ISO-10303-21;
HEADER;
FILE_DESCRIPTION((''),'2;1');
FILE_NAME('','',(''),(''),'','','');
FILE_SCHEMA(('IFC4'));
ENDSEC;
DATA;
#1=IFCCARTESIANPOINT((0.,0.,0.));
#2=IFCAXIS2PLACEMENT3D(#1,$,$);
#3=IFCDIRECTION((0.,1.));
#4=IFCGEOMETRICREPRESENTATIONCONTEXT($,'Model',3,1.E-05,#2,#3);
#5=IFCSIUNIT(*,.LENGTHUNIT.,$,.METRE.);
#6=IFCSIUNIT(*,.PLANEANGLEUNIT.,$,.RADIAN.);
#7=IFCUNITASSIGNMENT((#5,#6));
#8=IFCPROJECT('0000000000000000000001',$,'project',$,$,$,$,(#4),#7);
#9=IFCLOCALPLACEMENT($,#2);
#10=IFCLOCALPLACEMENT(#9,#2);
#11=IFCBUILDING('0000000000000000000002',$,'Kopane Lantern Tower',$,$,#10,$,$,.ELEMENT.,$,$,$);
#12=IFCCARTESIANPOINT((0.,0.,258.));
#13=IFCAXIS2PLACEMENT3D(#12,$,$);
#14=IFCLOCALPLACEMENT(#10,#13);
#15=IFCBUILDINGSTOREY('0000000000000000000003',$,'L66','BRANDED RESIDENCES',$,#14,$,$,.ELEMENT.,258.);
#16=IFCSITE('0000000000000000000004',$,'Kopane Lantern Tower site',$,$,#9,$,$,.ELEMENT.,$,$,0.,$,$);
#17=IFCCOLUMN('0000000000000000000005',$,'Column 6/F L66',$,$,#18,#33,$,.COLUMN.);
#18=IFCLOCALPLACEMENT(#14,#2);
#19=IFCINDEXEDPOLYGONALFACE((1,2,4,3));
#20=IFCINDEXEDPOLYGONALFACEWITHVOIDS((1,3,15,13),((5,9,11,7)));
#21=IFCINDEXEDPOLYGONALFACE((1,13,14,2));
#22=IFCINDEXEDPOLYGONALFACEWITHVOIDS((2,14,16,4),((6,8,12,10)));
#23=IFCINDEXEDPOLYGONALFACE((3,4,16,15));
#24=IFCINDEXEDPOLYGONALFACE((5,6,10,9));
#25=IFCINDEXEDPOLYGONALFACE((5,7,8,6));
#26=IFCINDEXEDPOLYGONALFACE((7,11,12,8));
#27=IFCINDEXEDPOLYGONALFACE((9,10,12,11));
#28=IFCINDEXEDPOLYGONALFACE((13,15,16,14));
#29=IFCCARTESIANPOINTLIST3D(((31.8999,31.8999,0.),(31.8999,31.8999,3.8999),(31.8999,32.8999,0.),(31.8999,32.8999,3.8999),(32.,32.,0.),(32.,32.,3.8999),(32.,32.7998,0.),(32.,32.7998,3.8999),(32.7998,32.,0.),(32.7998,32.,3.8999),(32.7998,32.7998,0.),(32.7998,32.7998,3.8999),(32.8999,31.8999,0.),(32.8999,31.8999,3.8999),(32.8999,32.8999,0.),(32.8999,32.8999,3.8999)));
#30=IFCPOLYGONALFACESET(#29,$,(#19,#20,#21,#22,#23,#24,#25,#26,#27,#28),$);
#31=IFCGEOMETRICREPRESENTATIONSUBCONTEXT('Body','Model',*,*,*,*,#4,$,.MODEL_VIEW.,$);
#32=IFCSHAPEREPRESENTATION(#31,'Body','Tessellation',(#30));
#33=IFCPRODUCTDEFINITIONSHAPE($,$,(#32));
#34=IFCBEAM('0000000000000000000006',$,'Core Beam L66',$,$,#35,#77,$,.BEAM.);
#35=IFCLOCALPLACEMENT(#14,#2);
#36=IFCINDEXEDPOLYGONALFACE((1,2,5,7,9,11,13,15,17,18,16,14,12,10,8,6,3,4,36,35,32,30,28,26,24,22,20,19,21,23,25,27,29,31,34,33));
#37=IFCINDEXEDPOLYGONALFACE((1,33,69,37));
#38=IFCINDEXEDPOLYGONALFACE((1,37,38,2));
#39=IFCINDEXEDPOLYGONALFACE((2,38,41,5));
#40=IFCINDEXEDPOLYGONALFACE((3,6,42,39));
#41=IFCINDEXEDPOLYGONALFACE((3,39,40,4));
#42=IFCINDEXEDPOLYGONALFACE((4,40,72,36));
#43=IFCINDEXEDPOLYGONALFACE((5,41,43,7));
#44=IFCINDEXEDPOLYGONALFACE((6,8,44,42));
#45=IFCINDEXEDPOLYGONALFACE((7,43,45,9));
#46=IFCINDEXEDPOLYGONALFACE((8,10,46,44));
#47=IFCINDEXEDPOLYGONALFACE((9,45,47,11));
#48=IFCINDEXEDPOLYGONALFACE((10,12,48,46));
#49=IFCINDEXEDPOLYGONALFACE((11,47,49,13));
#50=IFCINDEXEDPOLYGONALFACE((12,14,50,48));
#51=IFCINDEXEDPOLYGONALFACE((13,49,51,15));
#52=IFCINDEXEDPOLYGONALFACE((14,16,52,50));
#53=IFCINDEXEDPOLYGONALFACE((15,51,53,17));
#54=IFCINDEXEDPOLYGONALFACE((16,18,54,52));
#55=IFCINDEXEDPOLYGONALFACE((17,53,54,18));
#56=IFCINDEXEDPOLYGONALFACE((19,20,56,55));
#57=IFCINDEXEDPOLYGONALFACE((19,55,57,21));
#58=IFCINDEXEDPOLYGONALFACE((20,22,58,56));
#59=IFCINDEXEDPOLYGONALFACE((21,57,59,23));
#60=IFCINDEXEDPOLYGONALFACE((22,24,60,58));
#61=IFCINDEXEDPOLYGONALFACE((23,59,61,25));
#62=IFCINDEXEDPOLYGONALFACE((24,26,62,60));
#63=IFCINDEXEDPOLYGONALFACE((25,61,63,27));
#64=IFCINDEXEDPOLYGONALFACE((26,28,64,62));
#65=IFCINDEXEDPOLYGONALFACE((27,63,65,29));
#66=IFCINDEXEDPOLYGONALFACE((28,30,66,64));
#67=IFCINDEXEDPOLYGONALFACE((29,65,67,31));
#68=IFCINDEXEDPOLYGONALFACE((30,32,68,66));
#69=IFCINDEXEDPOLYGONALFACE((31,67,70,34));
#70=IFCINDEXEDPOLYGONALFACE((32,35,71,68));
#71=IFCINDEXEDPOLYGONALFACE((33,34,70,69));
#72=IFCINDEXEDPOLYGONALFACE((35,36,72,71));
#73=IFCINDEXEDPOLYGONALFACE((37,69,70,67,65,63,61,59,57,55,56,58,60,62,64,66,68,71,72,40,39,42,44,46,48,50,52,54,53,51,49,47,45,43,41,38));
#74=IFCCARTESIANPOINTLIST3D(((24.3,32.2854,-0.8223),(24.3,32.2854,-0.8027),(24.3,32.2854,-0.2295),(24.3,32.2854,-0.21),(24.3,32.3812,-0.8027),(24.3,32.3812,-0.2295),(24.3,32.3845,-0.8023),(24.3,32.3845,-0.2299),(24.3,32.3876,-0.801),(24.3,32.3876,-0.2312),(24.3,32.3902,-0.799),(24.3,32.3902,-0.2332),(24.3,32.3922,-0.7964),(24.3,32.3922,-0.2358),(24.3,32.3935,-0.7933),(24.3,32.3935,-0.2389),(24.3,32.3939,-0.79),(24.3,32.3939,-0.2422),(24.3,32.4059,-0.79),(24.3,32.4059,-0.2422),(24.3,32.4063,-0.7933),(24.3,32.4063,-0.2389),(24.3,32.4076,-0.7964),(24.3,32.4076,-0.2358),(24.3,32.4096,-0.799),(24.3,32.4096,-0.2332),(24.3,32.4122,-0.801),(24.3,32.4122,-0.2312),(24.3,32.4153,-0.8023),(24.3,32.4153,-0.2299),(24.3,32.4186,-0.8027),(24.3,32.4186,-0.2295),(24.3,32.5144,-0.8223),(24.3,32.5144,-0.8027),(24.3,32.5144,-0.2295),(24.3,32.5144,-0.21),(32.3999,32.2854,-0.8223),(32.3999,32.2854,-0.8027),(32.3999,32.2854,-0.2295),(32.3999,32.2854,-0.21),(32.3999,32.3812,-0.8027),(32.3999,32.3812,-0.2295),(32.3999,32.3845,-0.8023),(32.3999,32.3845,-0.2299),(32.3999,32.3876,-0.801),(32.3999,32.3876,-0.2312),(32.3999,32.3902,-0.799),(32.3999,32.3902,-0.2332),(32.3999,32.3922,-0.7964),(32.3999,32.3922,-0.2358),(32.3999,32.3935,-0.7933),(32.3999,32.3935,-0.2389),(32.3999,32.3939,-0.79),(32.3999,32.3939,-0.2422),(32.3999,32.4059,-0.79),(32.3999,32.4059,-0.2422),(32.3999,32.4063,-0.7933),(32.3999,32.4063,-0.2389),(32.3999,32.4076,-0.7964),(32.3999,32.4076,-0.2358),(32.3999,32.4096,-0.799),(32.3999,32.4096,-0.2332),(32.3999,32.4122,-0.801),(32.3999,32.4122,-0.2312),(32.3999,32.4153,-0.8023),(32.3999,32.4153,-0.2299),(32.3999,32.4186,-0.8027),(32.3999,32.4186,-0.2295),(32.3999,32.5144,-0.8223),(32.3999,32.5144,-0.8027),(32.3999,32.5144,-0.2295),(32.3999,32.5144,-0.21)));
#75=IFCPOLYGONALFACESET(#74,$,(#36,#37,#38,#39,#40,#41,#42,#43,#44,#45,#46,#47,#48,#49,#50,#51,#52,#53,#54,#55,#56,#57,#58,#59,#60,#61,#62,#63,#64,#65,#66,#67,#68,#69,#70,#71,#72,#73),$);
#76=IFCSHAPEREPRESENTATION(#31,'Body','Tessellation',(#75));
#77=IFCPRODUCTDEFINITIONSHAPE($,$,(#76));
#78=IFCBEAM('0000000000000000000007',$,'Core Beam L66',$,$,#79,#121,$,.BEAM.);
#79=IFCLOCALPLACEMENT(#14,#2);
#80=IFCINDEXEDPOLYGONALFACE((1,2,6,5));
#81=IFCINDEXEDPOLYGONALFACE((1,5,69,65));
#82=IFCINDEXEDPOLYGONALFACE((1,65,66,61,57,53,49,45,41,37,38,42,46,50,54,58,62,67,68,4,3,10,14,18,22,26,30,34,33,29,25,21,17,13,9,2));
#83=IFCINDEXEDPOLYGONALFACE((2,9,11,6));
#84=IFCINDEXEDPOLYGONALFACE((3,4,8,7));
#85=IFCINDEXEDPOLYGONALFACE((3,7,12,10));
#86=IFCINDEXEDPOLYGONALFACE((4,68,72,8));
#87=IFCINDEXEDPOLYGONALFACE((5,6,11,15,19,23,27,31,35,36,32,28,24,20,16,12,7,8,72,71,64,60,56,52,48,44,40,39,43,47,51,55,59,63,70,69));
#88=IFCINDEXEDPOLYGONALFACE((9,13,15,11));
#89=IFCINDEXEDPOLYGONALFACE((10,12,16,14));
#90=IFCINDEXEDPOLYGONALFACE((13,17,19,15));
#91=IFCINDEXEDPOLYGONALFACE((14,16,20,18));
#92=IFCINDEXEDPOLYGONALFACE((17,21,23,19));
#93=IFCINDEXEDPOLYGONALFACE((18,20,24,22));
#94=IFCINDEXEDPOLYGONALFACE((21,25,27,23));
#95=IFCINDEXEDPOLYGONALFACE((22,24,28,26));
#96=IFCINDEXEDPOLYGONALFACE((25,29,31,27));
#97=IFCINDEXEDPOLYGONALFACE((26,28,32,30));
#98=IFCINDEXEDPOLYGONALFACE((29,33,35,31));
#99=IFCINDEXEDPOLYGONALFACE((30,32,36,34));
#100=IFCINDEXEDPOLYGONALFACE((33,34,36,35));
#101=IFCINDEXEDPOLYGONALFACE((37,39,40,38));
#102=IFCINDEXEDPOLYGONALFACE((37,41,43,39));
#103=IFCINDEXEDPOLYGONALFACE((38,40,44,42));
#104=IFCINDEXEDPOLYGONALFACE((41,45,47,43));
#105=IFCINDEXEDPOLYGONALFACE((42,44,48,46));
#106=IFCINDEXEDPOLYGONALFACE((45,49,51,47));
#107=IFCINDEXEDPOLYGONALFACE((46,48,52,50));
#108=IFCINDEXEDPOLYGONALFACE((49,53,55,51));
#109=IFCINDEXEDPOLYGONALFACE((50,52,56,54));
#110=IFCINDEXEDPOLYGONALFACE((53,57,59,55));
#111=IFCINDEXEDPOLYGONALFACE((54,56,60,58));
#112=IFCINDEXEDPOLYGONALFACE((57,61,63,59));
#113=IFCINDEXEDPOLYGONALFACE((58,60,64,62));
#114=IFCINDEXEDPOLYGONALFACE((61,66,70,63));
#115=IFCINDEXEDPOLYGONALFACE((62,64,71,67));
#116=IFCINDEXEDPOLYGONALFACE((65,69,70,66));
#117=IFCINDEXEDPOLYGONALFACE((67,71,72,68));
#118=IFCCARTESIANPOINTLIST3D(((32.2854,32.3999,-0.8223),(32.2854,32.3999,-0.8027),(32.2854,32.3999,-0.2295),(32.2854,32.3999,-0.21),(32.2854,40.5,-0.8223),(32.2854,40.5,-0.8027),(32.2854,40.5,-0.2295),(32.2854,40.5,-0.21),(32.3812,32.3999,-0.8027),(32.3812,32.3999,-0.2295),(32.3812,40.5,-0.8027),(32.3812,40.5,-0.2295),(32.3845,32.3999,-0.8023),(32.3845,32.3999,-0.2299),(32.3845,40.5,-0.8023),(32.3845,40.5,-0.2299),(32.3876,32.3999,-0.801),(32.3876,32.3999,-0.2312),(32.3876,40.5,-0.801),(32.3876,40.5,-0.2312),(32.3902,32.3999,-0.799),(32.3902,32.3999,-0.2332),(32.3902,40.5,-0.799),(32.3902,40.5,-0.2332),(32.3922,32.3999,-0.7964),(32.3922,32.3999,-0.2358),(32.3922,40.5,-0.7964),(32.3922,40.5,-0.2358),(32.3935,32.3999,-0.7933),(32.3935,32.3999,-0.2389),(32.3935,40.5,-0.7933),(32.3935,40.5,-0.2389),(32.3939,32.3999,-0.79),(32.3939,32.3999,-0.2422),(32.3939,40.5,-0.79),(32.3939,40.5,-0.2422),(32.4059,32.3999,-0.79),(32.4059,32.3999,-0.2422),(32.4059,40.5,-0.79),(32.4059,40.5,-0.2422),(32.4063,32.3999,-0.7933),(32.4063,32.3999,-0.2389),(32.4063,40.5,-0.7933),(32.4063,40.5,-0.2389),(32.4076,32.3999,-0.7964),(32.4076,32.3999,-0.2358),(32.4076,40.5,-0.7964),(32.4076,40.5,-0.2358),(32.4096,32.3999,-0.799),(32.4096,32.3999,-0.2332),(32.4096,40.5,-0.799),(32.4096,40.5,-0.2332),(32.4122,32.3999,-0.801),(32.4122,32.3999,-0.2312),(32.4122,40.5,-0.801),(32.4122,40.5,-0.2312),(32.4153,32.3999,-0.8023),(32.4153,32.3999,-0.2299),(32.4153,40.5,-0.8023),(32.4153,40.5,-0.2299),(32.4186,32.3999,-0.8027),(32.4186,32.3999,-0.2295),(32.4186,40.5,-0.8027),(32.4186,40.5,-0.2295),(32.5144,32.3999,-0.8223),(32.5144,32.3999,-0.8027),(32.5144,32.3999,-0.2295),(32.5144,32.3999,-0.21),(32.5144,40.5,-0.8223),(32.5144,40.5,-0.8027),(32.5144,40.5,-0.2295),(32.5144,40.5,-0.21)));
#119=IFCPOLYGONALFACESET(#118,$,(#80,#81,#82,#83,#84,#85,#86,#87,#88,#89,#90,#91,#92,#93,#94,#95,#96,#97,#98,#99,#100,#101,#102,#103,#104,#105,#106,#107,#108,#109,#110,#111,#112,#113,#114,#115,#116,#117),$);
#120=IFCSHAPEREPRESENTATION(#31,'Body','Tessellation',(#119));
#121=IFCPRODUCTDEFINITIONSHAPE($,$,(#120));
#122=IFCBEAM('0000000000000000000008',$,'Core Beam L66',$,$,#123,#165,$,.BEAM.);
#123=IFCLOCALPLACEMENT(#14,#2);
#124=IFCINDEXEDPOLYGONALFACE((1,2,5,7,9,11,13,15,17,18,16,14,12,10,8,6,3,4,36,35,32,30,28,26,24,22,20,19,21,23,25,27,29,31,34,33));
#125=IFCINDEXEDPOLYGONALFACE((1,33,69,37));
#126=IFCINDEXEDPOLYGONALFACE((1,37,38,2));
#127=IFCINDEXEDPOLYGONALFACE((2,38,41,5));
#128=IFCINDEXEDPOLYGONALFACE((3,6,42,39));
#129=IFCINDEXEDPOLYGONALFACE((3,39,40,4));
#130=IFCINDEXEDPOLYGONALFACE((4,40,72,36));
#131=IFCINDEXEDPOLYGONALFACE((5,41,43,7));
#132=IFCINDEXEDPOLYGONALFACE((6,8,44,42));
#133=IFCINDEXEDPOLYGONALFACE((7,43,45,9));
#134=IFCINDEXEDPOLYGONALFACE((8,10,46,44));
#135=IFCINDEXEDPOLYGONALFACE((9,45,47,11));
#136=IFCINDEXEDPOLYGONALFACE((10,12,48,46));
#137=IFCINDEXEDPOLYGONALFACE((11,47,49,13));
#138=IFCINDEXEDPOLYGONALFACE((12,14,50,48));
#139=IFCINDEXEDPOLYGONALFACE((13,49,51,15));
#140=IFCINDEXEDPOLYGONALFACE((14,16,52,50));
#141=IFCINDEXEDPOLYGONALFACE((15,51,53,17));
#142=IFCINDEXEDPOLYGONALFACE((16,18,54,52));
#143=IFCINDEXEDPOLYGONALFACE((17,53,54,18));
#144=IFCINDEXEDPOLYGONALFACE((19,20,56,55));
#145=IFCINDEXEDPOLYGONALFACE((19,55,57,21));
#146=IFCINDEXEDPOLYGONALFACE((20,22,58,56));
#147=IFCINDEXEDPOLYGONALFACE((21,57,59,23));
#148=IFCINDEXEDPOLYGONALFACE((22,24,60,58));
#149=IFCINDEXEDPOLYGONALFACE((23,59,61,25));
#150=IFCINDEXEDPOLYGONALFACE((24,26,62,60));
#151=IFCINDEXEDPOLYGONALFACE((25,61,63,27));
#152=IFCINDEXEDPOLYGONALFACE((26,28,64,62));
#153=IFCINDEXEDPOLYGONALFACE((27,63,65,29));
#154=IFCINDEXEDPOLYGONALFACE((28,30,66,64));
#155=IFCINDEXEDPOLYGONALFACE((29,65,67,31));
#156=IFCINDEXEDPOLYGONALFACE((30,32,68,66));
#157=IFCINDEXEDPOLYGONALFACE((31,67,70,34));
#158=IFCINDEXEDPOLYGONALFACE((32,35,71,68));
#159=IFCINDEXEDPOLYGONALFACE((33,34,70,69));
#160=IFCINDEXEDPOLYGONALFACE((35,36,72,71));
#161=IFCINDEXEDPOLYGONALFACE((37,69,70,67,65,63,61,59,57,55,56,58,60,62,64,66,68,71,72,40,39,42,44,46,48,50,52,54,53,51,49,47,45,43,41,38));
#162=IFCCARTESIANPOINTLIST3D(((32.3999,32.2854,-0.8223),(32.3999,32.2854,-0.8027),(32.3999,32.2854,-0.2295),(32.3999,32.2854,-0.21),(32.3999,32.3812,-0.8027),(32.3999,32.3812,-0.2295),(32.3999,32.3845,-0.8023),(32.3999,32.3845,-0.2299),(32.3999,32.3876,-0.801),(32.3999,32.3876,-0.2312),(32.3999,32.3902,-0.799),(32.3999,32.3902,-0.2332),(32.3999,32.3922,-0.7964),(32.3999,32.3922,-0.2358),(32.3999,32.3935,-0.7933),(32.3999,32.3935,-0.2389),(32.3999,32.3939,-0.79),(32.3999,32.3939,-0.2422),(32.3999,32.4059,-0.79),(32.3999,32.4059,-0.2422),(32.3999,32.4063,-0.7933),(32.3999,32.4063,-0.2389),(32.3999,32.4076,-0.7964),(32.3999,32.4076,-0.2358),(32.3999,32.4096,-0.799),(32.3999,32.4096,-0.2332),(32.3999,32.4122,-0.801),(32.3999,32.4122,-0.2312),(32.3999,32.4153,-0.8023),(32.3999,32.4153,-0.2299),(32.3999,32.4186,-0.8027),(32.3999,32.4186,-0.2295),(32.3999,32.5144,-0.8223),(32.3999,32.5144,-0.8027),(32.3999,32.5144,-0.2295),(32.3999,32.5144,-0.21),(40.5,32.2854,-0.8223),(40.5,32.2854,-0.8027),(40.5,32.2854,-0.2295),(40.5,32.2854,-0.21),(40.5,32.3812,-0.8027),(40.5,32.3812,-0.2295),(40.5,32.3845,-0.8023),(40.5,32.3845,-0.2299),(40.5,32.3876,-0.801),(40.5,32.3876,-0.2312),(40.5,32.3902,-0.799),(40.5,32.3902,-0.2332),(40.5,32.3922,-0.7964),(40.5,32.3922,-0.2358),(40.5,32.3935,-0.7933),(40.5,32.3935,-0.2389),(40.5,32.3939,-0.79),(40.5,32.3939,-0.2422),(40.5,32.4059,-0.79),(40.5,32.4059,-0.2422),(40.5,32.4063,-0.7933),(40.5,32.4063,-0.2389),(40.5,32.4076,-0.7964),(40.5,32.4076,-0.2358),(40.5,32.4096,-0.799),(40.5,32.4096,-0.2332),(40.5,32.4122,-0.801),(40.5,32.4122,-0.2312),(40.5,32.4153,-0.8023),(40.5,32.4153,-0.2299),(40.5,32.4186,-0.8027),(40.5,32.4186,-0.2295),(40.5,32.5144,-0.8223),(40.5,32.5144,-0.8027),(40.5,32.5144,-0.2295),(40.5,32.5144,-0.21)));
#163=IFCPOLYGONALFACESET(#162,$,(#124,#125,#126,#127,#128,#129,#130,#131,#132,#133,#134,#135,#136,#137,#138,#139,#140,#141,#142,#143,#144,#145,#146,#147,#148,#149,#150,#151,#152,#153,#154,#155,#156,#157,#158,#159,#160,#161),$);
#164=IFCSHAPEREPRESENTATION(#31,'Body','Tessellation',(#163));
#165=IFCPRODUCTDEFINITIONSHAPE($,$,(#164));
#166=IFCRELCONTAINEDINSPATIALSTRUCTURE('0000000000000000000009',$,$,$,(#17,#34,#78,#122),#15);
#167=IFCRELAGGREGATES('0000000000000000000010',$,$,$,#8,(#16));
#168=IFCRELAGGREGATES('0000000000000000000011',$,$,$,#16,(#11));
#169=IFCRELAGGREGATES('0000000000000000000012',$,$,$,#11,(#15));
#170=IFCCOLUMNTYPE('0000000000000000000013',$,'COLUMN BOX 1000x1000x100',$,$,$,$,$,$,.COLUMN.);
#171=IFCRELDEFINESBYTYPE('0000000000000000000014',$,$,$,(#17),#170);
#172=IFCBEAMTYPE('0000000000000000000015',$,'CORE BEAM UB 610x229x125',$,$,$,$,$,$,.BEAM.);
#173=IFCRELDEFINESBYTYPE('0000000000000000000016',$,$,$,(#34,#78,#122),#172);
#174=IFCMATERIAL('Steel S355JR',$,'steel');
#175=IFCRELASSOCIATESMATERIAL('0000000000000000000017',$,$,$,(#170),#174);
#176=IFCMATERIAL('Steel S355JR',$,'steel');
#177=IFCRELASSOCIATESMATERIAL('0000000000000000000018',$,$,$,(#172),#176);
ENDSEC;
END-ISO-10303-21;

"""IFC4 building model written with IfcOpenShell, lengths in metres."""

from ifc_helpers import new_model, si_unit, direction, frame, origin, origin_2d, place, context, subcontext, project, spatial, hollow_rectangle, i_section, extrude, material, material_profile, profile_set, type_object, element, save


model = new_model("IFC4")

# Units and contexts
model_context = context("Model", 3, precision=1e-05, world=origin(), true_north=direction((0.0, 1.0)))
body_context = subcontext(model_context, "Body", "Model", "MODEL_VIEW")
ifc_project = project(units=[si_unit("LENGTHUNIT", "METRE"), si_unit("PLANEANGLEUNIT", "RADIAN")], contexts=[model_context])

# Site, building, storey
site_placement = place(None, origin())
site = spatial("IfcSite", under=ifc_project, at=site_placement, Name="Kopane Lantern Tower site", CompositionType="ELEMENT", RefElevation=0.0)
building_placement = place(site_placement, origin())
building = spatial("IfcBuilding", under=site, at=building_placement, Name="Kopane Lantern Tower", CompositionType="ELEMENT")
storey_placement = place(building_placement, frame((0.0, 0.0, 258.0)))
storey = spatial("IfcBuildingStorey", under=building, at=storey_placement, Name="L66", Description="BRANDED RESIDENCES", CompositionType="ELEMENT", Elevation=258.0)

# Column
ifc_material_1 = material(Name="Steel S355JR", Category="steel")
ifc_material_profile_1 = material_profile(ifc_material_1, hollow_rectangle(XDim=1.0, YDim=1.0, WallThickness=0.1001, at=origin_2d()), Name="BOX 1000x1000x100")
ifc_profile_set_1 = profile_set([ifc_material_profile_1], Name="Steel S355JR")
column_type = type_object("IfcColumnType", Name="COLUMN BOX 1000x1000x100", PredefinedType="COLUMN", material=ifc_profile_set_1)
column_placement = place(storey_placement, frame((32.3999, 32.3999, 0.0), z_axis=(0.0, 0.0, 1.0), x_axis=(1.0, 0.0, 0.0)))
element("IfcColumn", 1, at=column_placement, inside=storey, type_object=column_type, Name="Column 6/F L66", PredefinedType="COLUMN", context=body_context, shape_type="SweptSolid", body=[
    extrude(hollow_rectangle(XDim=1.0, YDim=1.0, WallThickness=0.1001, at=origin_2d()), origin(), (0.0, 0.0, 1.0), 3.8999),
])

# Beams
ifc_material_2 = material(Name="Steel S355JR", Category="steel")
ifc_material_profile_2 = material_profile(ifc_material_2, i_section(OverallWidth=0.229, OverallDepth=0.6123, WebThickness=0.012, FlangeThickness=0.0195, FilletRadius=0.0127, at=origin_2d()), Name="UB 610x229x125")
ifc_profile_set_2 = profile_set([ifc_material_profile_2], Name="Steel S355JR")
beam_type = type_object("IfcBeamType", Name="CORE BEAM UB 610x229x125", PredefinedType="BEAM", material=ifc_profile_set_2)
beam_placement = place(storey_placement, frame((24.3, 32.3999, -0.5161), z_axis=(1.0, 0.0, 0.0), x_axis=(0.0, 1.0, 0.0)))
element("IfcBeam", 2, at=beam_placement, inside=storey, type_object=beam_type, Name="Core Beam L66", PredefinedType="BEAM", context=body_context, shape_type="SweptSolid", body=[
    extrude(i_section(OverallWidth=0.229, OverallDepth=0.6123, WebThickness=0.012, FlangeThickness=0.0195, FilletRadius=0.0127, at=origin_2d()), origin(), (0.0, 0.0, 1.0), 8.0999),
])
for number, where, z_axis, x_axis, name in (
    (3, (32.3999, 32.3999, -0.5161), (0.0, 1.0, 0.0), (-1.0, 0.0, 0.0), "Core Beam L66"),
    (4, (32.3999, 32.3999, -0.5161), (1.0, 0.0, 0.0), (0.0, 1.0, 0.0), "Core Beam L66"),
):
    element("IfcBeam", number, at=place(storey_placement, frame(where, z_axis=z_axis, x_axis=x_axis)), inside=storey, type_object=beam_type, Name=name, PredefinedType="BEAM", context=body_context, shape_type="SweptSolid", body=[
        extrude(i_section(OverallWidth=0.229, OverallDepth=0.6123, WebThickness=0.012, FlangeThickness=0.0195, FilletRadius=0.0127, at=origin_2d()), origin(), (0.0, 0.0, 1.0), 8.1001),
    ])

save(model, "model.ifc")
